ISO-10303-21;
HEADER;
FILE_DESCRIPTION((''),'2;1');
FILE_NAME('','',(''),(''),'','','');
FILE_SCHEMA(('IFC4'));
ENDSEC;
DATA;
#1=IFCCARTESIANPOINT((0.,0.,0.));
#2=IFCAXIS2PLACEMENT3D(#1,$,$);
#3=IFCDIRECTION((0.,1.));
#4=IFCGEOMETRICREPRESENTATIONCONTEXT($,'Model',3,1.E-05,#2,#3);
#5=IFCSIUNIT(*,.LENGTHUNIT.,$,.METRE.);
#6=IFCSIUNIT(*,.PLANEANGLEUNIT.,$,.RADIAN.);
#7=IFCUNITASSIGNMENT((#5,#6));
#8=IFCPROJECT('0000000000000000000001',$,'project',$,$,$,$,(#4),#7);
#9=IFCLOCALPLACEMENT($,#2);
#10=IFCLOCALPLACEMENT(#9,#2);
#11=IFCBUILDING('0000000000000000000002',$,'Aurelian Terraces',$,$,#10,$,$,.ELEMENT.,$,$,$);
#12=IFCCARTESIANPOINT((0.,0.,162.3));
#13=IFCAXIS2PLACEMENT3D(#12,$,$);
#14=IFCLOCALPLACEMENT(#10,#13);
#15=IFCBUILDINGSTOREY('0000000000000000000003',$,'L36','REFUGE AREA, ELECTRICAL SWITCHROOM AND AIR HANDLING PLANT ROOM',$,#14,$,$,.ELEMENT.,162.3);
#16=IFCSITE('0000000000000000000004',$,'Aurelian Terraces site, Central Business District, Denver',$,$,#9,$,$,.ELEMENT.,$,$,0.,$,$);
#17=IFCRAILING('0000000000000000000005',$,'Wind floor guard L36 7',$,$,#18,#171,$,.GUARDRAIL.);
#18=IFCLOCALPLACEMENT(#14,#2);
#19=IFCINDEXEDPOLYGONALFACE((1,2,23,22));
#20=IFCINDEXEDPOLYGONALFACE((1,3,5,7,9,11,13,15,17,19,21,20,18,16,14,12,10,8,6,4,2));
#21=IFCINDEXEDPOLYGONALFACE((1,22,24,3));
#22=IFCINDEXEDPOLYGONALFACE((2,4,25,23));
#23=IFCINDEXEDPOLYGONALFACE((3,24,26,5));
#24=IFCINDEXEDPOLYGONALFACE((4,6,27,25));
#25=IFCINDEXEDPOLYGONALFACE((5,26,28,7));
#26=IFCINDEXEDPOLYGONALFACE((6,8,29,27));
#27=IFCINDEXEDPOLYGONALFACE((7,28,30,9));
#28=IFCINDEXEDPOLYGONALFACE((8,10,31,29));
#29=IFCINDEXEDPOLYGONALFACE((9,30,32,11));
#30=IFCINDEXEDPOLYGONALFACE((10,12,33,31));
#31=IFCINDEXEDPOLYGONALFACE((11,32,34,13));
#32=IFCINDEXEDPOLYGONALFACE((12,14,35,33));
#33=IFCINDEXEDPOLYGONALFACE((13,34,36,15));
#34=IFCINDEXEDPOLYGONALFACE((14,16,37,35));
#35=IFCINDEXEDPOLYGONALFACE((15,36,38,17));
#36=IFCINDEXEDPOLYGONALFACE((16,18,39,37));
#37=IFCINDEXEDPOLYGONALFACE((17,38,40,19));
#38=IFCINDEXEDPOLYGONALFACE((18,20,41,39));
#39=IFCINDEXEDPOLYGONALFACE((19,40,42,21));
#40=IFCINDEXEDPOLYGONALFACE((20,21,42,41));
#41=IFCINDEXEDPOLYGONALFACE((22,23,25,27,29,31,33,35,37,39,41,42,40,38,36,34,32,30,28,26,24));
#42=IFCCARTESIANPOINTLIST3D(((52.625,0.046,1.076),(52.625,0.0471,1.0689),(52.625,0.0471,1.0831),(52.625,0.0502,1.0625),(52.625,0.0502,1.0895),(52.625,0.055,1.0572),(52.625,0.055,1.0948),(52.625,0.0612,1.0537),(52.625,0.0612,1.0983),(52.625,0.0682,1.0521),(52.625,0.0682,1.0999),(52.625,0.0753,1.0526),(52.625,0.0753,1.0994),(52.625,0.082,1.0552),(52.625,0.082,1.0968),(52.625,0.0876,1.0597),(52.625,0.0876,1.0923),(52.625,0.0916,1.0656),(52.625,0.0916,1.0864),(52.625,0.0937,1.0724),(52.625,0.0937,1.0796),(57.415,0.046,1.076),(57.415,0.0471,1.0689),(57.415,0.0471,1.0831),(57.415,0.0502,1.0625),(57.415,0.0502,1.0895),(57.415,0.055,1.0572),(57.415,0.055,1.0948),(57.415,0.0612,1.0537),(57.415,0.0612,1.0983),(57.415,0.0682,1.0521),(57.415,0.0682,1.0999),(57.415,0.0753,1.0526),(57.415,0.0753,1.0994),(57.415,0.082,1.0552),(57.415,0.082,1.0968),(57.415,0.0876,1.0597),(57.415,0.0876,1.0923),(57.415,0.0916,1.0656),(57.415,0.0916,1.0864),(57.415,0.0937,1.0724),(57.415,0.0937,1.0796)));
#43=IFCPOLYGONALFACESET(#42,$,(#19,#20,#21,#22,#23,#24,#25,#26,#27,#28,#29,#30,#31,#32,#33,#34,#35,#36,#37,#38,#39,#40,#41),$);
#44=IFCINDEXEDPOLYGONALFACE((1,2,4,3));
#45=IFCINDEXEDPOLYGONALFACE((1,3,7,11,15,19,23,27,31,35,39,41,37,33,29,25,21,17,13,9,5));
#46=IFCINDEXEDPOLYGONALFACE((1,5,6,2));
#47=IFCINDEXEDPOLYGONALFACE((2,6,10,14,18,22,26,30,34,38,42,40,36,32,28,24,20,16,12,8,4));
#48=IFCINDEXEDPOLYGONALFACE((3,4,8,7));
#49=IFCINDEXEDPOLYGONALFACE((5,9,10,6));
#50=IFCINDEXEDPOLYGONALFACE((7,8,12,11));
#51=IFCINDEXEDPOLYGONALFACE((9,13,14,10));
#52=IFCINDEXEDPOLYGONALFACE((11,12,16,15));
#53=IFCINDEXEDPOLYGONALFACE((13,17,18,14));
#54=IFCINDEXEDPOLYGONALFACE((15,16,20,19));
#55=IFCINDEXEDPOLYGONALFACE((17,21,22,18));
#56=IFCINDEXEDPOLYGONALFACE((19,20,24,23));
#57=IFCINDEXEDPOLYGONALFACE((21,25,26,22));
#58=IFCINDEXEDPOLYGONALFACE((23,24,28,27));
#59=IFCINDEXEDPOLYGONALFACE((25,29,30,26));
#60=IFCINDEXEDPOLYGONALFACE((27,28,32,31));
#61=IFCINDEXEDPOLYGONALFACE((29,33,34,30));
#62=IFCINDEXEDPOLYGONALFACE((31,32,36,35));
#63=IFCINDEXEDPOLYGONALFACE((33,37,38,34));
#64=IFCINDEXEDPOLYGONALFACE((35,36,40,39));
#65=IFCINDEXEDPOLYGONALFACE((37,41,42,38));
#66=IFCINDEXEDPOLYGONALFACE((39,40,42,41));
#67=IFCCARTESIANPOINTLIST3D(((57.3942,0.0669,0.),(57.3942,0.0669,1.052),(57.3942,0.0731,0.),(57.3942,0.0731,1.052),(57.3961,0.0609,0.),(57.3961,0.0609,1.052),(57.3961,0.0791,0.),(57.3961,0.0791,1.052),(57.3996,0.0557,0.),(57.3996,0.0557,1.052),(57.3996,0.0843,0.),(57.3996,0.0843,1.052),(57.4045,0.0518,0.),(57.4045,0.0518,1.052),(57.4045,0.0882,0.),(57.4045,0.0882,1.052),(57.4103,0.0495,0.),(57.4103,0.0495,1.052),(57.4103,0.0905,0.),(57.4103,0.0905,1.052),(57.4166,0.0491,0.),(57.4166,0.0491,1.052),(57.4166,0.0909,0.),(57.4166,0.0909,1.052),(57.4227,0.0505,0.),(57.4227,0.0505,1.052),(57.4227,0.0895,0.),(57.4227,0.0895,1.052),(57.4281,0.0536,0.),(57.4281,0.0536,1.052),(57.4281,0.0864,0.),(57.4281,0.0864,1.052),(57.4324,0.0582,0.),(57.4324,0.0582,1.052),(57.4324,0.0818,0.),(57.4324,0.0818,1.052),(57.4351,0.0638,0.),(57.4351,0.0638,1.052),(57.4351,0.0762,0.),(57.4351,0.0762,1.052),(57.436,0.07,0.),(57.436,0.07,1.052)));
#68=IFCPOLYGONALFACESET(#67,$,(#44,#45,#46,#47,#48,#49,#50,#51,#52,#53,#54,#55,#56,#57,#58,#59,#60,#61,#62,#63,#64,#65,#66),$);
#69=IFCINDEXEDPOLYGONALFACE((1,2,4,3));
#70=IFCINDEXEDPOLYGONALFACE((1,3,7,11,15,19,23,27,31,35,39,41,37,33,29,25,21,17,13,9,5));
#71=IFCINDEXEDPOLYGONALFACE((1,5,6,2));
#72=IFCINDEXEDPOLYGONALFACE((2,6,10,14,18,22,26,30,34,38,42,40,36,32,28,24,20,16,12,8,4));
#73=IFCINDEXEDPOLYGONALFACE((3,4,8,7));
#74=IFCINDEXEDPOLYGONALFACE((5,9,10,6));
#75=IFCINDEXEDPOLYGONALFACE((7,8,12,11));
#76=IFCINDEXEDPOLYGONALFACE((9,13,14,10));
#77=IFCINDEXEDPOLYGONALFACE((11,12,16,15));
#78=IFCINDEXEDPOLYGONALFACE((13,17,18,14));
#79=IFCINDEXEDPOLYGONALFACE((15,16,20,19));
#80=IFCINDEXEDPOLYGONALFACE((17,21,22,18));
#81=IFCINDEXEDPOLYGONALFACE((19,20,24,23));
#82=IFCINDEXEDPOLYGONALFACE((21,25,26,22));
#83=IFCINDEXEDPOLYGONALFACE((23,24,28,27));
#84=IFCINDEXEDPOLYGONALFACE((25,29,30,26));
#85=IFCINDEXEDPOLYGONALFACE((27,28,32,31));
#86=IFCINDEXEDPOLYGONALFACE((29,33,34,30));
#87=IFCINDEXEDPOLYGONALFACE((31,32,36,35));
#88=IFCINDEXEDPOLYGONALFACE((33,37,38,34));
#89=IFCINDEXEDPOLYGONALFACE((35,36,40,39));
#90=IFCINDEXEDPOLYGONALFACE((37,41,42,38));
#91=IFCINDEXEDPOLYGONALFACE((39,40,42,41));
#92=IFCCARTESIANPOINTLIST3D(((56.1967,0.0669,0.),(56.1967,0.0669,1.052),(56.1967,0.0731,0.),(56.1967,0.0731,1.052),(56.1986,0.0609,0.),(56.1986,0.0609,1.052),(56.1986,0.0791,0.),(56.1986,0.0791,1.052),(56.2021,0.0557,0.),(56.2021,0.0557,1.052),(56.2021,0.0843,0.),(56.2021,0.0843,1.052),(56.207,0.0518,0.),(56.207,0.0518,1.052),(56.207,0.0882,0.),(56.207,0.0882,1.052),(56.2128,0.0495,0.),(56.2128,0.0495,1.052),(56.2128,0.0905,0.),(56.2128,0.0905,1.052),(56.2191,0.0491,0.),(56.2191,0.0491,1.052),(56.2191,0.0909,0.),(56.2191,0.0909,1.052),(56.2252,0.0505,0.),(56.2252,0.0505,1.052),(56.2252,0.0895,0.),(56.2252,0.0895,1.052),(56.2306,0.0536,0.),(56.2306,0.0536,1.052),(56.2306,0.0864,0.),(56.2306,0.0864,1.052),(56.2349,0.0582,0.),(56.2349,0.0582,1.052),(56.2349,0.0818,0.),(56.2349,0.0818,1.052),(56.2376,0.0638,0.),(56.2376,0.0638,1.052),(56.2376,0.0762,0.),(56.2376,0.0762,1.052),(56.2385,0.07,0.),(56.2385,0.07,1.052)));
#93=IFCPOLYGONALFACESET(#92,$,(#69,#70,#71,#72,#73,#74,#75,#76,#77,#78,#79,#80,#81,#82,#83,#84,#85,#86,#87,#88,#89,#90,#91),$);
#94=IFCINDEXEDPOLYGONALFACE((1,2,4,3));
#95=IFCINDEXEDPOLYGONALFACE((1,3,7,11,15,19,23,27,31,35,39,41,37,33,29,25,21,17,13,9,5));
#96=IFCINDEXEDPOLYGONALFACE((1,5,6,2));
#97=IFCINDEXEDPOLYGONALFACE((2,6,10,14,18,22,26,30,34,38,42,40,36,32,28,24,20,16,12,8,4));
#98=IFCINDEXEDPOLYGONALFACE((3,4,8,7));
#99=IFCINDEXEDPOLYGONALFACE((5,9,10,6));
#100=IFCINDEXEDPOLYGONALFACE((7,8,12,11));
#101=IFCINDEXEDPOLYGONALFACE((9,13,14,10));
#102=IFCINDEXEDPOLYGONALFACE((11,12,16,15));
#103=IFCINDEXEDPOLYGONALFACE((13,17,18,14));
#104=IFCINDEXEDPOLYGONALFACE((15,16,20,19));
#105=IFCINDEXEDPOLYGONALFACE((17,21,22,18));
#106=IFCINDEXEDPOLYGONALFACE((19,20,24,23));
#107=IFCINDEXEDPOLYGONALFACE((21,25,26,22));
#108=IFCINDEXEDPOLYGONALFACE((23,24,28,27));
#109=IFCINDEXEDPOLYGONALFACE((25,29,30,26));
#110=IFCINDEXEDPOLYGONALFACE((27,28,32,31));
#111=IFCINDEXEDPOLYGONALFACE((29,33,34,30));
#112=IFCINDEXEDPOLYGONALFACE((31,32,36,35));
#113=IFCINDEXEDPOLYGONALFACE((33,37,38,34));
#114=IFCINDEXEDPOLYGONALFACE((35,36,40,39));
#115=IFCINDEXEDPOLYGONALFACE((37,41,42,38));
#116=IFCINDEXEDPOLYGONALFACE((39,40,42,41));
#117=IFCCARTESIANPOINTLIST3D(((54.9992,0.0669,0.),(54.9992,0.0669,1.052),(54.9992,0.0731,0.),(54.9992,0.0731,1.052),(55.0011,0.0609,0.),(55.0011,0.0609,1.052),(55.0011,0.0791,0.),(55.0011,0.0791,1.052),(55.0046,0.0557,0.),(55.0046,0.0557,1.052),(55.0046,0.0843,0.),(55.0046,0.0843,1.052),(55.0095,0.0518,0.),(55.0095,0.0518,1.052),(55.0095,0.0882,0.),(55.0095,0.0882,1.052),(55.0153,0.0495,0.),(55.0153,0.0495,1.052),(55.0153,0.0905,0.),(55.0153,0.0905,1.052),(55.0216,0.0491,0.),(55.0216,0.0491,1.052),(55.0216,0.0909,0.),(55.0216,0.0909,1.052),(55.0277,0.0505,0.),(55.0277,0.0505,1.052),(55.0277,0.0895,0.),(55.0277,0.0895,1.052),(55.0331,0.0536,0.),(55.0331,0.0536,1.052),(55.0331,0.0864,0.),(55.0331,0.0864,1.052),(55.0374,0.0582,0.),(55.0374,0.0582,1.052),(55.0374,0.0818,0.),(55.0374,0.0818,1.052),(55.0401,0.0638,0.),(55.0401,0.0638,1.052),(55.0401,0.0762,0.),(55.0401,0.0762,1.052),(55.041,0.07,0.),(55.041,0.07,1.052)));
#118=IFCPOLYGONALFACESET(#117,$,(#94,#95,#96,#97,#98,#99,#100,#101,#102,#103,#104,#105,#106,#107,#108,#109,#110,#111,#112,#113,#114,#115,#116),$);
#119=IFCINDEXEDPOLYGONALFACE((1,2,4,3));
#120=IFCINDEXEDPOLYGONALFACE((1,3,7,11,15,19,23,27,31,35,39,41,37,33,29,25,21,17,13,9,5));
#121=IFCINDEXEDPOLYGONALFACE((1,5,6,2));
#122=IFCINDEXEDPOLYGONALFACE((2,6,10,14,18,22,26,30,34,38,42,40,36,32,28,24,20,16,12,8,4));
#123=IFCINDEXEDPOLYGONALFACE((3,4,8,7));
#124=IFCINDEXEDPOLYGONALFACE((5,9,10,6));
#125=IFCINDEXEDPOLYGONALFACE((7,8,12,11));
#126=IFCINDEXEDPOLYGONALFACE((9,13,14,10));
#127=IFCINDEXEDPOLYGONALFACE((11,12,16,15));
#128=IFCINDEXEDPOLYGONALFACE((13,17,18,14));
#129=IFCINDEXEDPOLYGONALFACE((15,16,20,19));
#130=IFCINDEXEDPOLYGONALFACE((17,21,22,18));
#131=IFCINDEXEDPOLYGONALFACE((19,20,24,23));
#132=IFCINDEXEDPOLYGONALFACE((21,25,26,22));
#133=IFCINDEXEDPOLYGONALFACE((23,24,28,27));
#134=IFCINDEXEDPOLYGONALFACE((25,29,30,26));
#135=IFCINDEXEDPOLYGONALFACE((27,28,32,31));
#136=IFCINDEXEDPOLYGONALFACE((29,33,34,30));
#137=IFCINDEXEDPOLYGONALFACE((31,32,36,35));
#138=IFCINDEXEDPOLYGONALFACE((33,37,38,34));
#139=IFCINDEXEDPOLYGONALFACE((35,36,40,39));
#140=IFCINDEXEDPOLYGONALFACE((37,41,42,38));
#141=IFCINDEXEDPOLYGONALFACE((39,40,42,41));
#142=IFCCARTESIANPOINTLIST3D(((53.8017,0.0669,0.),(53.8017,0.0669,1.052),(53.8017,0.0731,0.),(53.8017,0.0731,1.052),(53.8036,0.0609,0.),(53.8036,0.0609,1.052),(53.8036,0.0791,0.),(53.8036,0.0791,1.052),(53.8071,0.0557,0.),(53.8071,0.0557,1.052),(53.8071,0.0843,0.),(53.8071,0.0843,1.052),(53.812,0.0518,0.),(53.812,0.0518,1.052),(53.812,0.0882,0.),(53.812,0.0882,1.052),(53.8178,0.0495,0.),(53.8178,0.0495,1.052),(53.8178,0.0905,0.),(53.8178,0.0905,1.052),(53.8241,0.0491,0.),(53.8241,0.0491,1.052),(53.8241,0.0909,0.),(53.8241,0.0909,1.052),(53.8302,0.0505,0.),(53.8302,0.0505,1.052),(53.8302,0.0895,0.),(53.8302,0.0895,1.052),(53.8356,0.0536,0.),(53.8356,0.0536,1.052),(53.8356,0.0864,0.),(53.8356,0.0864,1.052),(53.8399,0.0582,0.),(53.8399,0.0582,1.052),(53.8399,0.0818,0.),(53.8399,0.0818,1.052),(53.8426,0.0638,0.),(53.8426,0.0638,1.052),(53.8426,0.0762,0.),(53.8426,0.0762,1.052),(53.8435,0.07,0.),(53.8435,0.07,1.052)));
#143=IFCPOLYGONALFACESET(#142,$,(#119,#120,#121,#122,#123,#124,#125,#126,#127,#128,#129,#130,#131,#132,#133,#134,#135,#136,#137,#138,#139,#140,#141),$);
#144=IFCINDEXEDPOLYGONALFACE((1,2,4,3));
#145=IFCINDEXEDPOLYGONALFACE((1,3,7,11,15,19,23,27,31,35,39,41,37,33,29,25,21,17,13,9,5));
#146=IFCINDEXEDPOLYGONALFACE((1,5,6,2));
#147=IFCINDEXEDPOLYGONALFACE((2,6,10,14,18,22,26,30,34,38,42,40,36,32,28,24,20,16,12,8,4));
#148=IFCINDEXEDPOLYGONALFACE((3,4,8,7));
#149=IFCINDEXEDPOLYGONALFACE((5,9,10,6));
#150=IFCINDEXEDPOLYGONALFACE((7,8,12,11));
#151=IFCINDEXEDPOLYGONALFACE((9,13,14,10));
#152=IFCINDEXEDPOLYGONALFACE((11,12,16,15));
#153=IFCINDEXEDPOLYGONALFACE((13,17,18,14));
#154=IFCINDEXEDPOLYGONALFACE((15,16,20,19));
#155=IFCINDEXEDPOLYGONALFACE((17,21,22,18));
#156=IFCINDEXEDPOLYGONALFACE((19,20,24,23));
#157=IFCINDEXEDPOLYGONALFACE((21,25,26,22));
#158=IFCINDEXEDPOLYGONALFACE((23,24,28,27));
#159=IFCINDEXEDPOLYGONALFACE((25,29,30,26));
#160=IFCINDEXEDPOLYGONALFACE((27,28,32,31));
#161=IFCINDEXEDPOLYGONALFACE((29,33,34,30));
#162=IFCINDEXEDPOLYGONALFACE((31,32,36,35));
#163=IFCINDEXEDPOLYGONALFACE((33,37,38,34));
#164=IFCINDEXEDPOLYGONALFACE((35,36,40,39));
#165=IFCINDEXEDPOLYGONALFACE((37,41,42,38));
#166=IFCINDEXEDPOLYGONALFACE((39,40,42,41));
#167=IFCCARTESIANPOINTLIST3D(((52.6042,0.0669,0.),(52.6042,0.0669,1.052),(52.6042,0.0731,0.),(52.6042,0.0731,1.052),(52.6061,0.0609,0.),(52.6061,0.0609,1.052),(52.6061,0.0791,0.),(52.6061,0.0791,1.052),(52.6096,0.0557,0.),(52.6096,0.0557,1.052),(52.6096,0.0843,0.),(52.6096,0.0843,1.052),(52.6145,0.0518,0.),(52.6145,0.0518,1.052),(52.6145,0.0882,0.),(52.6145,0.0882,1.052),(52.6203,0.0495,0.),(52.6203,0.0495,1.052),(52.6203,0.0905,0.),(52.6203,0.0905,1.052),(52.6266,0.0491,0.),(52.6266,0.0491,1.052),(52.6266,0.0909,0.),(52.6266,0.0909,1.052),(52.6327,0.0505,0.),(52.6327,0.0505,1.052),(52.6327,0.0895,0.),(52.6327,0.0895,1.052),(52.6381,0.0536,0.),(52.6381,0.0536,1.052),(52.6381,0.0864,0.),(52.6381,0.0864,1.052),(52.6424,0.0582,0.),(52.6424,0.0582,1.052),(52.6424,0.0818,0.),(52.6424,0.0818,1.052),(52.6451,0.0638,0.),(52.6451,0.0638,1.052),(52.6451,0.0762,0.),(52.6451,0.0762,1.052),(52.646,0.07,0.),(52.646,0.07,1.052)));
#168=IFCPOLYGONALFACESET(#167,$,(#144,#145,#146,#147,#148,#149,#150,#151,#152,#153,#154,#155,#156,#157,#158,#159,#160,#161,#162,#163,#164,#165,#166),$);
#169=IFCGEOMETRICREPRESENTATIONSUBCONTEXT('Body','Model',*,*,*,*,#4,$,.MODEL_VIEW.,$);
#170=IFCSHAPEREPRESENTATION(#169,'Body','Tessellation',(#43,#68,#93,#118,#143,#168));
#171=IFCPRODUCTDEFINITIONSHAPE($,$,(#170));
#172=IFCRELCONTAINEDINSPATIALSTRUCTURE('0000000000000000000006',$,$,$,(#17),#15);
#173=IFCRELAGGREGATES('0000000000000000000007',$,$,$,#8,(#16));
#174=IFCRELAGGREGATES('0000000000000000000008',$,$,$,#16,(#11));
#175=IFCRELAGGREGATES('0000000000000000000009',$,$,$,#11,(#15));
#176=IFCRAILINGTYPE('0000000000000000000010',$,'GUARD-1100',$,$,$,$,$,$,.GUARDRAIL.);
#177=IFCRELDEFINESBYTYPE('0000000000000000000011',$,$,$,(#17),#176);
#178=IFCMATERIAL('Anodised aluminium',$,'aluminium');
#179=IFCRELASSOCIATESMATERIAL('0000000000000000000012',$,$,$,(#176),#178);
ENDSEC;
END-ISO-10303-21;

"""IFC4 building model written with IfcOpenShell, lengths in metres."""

from ifc_helpers import new_model, si_unit, direction, frame, origin, origin_2d, place, context, subcontext, project, spatial, circle, extrude, source, transform, mapped, material, type_object, element, save


model = new_model("IFC4")

# Units and contexts
model_context = context("Model", 3, precision=1e-05, world=origin(), true_north=direction((0.0, 1.0)))
body_context = subcontext(model_context, "Body", "Model", "MODEL_VIEW")
ifc_project = project(units=[si_unit("LENGTHUNIT", "METRE"), si_unit("PLANEANGLEUNIT", "RADIAN")], contexts=[model_context])

# Site, building, storey
site_placement = place(None, origin())
site = spatial("IfcSite", under=ifc_project, at=site_placement, Name="Aurelian Terraces site, Central Business District, Denver", CompositionType="ELEMENT", RefElevation=0.0)
building_placement = place(site_placement, origin())
building = spatial("IfcBuilding", under=site, at=building_placement, Name="Aurelian Terraces", CompositionType="ELEMENT")
storey_placement = place(building_placement, frame((0.0, 0.0, 162.3)))
storey = spatial("IfcBuildingStorey", under=building, at=storey_placement, Name="L36", Description="REFUGE AREA, ELECTRICAL SWITCHROOM AND AIR HANDLING PLANT ROOM", CompositionType="ELEMENT", Elevation=162.3)

# Railing
ifc_material_1 = material(Name="Anodised aluminium", Category="aluminium")
railing_type = type_object("IfcRailingType", Name="GUARD-1100", PredefinedType="GUARDRAIL", material=ifc_material_1)
shared_shape_1 = source(origin(), body_context, "Body", "SweptSolid", [
    extrude(circle(Radius=0.024, at=origin_2d()), frame((0.0, 0.0, 1.076), z_axis=(-1.0, 0.0, 0.0), x_axis=(0.0, -1.0, 0.0)), (0.0, 0.0, 1.0), 4.79),
    extrude(circle(Radius=0.021, at=origin_2d()), origin(), (0.0, 0.0, 1.0), 1.052),
    extrude(circle(Radius=0.021, at=origin_2d()), frame((-1.1975, 0.0, 0.0)), (0.0, 0.0, 1.0), 1.052),
    extrude(circle(Radius=0.021, at=origin_2d()), frame((-2.395, 0.0, 0.0)), (0.0, 0.0, 1.0), 1.052),
    extrude(circle(Radius=0.021, at=origin_2d()), frame((-3.5925, 0.0, 0.0)), (0.0, 0.0, 1.0), 1.052),
    extrude(circle(Radius=0.021, at=origin_2d()), frame((-4.79, 0.0, 0.0)), (0.0, 0.0, 1.0), 1.052),
])
railing_1_placement = place(storey_placement, frame((57.415, 0.07, 0.0)))
element("IfcRailing", 1, at=railing_1_placement, inside=storey, type_object=railing_type, Name="Wind floor guard L36 7", PredefinedType="GUARDRAIL", context=body_context, shape_type="MappedRepresentation", body=[
    mapped(shared_shape_1, transform((0.0, 0.0, 0.0), scale=1.0)),
])

save(model, "model.ifc")
